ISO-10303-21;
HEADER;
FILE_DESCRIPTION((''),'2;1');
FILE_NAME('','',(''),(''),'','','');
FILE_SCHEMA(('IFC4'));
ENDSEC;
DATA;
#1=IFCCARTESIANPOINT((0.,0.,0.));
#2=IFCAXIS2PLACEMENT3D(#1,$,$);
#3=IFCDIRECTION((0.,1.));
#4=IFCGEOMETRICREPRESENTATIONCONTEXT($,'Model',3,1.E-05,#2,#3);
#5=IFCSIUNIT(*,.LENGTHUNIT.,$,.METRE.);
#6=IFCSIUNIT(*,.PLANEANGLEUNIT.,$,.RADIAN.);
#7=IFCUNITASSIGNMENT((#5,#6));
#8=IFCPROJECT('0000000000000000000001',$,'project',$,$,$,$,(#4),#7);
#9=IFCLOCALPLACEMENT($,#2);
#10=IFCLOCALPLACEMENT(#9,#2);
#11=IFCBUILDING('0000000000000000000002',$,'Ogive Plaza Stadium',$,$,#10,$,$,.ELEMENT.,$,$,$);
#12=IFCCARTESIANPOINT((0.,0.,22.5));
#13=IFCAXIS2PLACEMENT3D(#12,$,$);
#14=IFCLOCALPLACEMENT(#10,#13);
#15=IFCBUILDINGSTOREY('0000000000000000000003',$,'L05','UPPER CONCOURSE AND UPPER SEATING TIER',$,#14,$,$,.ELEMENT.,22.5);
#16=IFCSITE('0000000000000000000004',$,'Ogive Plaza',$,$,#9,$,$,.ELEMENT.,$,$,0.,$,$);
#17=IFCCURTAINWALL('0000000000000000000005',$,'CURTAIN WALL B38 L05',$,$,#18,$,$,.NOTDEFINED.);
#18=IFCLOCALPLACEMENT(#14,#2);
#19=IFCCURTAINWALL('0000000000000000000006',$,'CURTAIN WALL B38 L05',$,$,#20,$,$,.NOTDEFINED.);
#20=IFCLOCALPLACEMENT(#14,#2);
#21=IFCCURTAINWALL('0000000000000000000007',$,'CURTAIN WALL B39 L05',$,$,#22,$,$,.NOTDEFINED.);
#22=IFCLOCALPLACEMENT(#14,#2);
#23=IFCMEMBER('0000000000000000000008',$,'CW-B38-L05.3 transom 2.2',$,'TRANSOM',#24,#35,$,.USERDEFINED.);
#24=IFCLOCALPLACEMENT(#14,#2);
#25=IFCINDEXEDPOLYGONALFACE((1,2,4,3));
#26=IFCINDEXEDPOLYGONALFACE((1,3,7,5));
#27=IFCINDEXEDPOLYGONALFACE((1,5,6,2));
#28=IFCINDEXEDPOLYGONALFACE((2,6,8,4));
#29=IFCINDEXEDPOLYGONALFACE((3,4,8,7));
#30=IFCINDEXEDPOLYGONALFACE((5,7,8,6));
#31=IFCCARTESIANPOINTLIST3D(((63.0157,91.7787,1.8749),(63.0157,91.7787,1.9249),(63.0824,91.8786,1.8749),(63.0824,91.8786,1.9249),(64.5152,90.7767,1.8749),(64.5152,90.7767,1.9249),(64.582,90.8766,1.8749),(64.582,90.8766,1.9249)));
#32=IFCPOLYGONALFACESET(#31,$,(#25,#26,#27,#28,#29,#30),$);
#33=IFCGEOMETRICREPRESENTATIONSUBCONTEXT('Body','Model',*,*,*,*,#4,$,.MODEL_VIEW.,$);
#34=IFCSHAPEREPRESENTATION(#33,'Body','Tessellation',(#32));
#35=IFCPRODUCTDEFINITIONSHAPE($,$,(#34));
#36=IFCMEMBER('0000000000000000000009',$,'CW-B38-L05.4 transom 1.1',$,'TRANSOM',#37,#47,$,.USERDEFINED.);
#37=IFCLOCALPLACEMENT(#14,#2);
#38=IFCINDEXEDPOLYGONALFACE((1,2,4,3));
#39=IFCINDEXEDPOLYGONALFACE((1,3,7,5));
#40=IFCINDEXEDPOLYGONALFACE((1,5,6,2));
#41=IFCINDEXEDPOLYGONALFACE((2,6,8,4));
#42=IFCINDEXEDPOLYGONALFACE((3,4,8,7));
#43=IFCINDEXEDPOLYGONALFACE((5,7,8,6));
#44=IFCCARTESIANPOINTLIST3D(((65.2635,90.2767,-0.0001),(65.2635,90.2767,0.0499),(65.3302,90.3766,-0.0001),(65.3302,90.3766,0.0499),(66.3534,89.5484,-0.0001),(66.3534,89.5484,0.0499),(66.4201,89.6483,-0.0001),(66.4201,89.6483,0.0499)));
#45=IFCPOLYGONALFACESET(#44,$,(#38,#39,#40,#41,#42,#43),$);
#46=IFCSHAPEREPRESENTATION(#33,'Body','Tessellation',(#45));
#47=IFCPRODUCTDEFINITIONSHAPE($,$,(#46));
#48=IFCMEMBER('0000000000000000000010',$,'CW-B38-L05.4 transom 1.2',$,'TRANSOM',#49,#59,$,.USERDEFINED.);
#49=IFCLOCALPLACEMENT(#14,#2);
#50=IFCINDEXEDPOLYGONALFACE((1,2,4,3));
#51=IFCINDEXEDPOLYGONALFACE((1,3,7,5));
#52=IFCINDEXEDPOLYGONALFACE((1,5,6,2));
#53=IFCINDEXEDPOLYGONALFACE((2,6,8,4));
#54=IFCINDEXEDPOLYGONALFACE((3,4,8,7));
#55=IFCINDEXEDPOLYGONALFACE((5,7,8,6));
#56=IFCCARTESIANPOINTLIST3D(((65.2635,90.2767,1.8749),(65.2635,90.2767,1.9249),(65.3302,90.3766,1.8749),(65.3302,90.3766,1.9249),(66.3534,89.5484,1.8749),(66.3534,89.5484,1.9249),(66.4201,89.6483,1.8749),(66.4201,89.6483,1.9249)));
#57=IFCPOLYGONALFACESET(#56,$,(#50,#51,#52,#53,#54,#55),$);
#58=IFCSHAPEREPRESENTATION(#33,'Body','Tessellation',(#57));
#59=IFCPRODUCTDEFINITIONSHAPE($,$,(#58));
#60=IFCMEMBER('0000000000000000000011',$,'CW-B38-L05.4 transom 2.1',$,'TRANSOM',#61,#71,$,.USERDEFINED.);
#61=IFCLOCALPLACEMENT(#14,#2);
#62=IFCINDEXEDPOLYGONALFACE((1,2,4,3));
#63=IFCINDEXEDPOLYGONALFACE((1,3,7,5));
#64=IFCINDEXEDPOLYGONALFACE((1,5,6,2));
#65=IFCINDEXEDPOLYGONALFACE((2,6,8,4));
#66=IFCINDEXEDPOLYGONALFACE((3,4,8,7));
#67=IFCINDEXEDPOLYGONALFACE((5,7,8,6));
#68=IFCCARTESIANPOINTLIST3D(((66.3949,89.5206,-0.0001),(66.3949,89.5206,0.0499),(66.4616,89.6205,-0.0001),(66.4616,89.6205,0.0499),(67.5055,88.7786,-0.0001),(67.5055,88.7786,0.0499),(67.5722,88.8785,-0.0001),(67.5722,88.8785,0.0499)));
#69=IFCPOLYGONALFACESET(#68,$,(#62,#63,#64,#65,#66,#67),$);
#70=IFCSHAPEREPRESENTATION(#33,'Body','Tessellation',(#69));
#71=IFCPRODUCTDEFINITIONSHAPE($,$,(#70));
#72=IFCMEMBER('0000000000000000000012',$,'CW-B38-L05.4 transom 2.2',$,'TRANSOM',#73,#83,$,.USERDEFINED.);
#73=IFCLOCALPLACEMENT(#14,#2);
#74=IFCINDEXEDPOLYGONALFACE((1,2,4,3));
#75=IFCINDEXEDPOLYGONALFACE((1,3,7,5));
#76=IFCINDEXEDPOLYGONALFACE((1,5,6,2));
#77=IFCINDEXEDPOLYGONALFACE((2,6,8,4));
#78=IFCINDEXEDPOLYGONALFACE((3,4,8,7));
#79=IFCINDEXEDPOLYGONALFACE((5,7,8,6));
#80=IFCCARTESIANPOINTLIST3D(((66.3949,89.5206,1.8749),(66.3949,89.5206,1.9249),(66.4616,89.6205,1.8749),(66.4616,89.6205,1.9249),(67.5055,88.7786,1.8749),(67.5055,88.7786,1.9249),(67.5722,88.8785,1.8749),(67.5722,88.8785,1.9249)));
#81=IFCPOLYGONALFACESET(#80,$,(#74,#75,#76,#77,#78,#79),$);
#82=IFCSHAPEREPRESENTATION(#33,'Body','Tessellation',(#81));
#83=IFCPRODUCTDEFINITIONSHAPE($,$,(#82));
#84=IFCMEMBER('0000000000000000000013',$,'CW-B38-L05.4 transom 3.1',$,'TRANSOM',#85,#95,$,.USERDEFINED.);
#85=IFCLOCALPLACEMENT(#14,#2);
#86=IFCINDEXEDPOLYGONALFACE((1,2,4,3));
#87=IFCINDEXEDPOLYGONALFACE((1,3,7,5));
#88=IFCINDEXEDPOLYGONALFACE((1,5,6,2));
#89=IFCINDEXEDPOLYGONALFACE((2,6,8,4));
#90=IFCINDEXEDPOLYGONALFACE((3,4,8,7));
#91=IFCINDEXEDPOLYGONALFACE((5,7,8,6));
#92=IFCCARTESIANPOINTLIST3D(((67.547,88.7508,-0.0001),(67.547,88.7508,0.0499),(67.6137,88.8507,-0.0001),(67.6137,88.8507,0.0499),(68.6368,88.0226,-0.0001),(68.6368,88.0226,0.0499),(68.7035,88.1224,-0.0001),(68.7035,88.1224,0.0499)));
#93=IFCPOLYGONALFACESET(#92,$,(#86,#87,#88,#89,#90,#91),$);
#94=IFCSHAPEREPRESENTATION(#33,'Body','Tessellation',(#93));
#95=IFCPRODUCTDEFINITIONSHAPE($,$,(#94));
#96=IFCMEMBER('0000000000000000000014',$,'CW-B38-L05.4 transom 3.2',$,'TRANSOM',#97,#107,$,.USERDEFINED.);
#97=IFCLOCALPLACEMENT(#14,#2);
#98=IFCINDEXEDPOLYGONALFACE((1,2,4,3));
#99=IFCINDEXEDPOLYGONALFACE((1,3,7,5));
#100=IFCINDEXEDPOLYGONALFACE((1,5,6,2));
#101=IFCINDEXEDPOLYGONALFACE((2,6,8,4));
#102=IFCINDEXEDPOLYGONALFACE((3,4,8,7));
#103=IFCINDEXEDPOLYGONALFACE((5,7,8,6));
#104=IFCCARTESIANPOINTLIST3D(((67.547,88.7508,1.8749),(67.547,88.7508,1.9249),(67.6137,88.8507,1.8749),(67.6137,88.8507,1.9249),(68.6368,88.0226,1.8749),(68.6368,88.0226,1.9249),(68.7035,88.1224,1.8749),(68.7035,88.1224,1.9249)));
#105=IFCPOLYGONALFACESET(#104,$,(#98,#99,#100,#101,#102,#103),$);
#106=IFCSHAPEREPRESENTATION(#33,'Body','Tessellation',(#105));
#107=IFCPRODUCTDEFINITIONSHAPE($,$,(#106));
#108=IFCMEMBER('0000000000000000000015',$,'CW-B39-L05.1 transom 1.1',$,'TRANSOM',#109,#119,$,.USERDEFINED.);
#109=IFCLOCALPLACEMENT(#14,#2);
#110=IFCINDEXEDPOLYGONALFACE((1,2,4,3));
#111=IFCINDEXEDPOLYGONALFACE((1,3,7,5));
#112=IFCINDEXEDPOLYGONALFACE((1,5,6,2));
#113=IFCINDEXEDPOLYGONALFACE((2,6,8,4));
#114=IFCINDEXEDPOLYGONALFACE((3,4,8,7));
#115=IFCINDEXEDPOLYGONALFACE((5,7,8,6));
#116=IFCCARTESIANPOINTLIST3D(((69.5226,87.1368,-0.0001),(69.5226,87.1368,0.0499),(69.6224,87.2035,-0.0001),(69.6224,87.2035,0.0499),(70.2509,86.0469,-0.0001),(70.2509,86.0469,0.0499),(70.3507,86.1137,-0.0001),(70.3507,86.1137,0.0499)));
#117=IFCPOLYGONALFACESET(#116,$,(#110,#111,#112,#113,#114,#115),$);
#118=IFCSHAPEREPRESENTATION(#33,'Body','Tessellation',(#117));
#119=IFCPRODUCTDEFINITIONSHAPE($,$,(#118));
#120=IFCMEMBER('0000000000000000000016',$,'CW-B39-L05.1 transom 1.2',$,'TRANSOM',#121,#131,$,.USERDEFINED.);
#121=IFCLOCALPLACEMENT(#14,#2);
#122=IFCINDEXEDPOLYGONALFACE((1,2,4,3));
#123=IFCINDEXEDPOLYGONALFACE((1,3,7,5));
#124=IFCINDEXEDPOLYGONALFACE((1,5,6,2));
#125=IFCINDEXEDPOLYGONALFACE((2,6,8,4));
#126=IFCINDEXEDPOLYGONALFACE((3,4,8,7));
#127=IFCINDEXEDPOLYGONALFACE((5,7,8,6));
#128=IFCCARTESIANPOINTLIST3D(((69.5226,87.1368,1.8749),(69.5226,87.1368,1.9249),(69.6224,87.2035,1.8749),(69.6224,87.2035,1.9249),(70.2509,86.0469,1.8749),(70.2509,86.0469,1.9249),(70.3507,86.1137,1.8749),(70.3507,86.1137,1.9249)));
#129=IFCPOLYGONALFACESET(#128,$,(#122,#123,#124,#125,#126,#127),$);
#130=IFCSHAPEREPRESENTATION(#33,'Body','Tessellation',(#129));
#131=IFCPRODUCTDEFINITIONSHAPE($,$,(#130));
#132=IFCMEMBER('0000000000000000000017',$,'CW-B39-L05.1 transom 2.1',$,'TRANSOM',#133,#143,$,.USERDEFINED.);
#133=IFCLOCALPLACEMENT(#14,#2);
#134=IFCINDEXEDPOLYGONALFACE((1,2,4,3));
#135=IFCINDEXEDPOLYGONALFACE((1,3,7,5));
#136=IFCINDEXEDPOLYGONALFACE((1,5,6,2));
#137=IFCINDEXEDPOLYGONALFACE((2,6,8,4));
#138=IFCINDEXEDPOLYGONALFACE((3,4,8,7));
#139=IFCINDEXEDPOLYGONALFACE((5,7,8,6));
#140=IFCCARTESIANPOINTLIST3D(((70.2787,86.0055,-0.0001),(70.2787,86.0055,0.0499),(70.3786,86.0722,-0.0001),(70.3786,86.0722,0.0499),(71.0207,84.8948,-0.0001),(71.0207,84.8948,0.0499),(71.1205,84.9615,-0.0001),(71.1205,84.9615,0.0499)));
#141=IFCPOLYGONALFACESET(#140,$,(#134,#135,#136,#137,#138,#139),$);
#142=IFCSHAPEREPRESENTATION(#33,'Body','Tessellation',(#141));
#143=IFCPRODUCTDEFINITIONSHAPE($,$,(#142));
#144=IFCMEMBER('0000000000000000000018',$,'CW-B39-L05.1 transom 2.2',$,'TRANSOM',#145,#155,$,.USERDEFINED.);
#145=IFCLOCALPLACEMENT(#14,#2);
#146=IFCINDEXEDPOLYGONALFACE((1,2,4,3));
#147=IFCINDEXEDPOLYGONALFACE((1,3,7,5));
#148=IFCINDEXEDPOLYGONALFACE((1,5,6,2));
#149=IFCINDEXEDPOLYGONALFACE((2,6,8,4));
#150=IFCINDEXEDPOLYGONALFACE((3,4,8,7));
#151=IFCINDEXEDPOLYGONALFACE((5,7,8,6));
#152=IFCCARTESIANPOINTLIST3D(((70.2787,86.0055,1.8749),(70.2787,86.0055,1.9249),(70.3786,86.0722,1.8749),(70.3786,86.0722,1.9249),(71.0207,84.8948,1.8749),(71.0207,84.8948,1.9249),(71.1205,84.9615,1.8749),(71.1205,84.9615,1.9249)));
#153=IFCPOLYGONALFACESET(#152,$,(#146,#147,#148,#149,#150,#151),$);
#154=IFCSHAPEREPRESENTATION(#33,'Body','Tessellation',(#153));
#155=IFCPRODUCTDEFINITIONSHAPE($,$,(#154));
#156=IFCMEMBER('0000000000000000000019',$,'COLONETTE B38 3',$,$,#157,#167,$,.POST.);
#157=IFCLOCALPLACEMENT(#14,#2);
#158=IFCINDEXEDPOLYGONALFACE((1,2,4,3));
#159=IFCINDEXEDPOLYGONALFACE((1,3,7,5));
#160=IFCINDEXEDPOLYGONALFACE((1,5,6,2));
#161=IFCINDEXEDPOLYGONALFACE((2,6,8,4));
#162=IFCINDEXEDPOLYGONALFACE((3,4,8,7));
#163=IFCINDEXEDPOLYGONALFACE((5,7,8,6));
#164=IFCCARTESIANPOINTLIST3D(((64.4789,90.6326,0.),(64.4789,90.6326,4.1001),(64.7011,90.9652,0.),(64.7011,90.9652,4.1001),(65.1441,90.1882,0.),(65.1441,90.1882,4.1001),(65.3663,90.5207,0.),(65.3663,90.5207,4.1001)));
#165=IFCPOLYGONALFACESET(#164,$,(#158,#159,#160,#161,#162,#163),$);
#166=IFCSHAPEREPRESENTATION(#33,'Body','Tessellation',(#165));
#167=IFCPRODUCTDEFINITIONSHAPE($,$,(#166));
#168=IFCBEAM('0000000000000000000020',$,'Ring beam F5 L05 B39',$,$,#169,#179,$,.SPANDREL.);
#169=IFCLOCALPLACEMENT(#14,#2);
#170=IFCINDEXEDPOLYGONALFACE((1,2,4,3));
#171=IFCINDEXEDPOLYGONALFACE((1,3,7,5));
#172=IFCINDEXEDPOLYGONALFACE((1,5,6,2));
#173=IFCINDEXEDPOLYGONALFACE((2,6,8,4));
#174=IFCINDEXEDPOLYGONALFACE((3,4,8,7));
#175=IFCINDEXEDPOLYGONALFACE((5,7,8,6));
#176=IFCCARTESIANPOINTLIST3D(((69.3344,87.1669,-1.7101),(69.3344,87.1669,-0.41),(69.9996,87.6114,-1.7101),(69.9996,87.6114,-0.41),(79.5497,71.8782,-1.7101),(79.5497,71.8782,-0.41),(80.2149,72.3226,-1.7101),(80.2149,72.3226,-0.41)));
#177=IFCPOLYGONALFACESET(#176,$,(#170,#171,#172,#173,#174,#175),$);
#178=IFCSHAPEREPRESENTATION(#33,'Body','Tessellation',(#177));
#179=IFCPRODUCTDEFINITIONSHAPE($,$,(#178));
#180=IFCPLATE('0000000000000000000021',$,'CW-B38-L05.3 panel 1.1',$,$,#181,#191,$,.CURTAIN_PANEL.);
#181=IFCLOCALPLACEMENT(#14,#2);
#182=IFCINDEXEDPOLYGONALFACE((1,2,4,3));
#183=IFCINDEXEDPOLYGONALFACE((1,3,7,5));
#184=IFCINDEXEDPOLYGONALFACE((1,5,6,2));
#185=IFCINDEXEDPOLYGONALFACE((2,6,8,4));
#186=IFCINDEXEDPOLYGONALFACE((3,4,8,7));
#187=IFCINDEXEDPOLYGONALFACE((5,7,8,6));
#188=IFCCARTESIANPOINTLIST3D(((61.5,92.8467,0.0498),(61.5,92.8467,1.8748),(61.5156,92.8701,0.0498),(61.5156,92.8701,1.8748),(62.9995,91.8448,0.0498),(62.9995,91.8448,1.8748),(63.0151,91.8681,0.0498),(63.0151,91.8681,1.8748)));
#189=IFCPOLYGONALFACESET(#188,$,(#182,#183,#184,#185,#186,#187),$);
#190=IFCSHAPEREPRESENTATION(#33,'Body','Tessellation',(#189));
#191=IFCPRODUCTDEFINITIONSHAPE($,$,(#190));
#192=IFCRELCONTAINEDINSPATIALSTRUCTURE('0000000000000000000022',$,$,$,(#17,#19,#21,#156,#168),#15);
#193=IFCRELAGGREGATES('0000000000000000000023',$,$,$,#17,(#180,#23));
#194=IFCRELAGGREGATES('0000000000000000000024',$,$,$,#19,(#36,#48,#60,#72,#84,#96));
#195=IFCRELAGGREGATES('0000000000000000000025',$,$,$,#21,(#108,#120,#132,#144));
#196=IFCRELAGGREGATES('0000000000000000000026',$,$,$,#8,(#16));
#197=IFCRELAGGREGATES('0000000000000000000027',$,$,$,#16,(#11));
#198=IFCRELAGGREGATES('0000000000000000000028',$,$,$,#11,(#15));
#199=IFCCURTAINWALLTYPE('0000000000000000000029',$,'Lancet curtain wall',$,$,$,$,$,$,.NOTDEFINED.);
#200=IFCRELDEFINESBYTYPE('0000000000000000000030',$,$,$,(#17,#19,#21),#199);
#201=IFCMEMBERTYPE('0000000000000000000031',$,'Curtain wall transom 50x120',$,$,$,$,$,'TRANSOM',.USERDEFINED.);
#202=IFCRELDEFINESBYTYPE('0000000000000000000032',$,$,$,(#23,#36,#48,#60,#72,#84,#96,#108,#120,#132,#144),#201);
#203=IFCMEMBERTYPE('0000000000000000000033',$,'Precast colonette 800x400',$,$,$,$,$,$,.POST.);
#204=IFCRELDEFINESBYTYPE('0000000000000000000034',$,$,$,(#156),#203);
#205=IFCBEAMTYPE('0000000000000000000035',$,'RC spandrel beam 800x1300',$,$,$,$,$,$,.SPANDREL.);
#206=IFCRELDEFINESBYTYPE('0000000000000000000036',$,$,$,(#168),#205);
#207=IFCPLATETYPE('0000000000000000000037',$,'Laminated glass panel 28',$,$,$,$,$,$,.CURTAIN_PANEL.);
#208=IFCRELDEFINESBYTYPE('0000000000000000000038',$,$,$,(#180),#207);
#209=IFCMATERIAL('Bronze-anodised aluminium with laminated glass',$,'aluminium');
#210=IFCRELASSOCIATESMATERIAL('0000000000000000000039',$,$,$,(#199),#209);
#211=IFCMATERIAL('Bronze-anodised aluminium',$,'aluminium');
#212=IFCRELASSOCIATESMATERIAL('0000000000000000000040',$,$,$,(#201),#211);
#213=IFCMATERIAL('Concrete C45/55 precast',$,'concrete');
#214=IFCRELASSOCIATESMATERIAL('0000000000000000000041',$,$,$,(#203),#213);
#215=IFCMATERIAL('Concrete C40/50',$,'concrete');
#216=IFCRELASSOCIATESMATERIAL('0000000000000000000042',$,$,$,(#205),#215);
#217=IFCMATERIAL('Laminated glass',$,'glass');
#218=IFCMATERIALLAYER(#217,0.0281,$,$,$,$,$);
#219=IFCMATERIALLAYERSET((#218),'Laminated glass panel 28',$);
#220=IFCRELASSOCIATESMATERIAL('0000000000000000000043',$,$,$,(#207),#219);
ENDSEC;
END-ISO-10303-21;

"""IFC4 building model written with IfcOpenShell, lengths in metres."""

from ifc_helpers import new_model, si_unit, direction, frame, origin, origin_2d, place, context, subcontext, project, spatial, rectangle, extrude, material, layer, layer_set, material_profile, profile_set, type_object, element, aggregate, save


model = new_model("IFC4")

# Units and contexts
model_context = context("Model", 3, precision=1e-05, world=origin(), true_north=direction((0.0, 1.0)))
body_context = subcontext(model_context, "Body", "Model", "MODEL_VIEW")
ifc_project = project(units=[si_unit("LENGTHUNIT", "METRE"), si_unit("PLANEANGLEUNIT", "RADIAN")], contexts=[model_context])

# Site, building, storey
site_placement = place(None, origin())
site = spatial("IfcSite", under=ifc_project, at=site_placement, Name="Ogive Plaza", CompositionType="ELEMENT", RefElevation=0.0)
building_placement = place(site_placement, origin())
building = spatial("IfcBuilding", under=site, at=building_placement, Name="Ogive Plaza Stadium", CompositionType="ELEMENT")
storey_placement = place(building_placement, frame((0.0, 0.0, 22.5)))
storey = spatial("IfcBuildingStorey", under=building, at=storey_placement, Name="L05", Description="UPPER CONCOURSE AND UPPER SEATING TIER", CompositionType="ELEMENT", Elevation=22.5)

# Curtain walls
ifc_material_1 = material(Name="Bronze-anodised aluminium with laminated glass", Category="aluminium")
curtain_wall_type = type_object("IfcCurtainWallType", Name="Lancet curtain wall", PredefinedType="NOTDEFINED", material=ifc_material_1)
curtain_wall_1_placement = place(storey_placement, origin())
curtain_wall_1 = element("IfcCurtainWall", 1, at=curtain_wall_1_placement, inside=storey, type_object=curtain_wall_type, Name="CURTAIN WALL B38 L05", PredefinedType="NOTDEFINED")
curtain_wall_2_placement = place(storey_placement, origin())
curtain_wall_2 = element("IfcCurtainWall", 2, at=curtain_wall_2_placement, inside=storey, type_object=curtain_wall_type, Name="CURTAIN WALL B38 L05", PredefinedType="NOTDEFINED")
curtain_wall_3_placement = place(storey_placement, origin())
curtain_wall_3 = element("IfcCurtainWall", 3, at=curtain_wall_3_placement, inside=storey, type_object=curtain_wall_type, Name="CURTAIN WALL B39 L05", PredefinedType="NOTDEFINED")

# Members
ifc_material_2 = material(Name="Bronze-anodised aluminium", Category="aluminium")
ifc_material_profile_1 = material_profile(ifc_material_2, rectangle(XDim=0.1201, YDim=0.05, at=origin_2d()), Name="AL 120x50")
ifc_profile_set_1 = profile_set([ifc_material_profile_1], Name="Bronze-anodised aluminium")
member_type_1 = type_object("IfcMemberType", Name="Curtain wall transom 50x120", ElementType="TRANSOM", PredefinedType="USERDEFINED", material=ifc_profile_set_1)
member_1_placement = place(storey_placement, frame((63.0491, 91.8286, 1.8999), z_axis=(0.831467, -0.555575, 0.0), x_axis=(0.555575, 0.831467, 0.0)))
member_1 = element("IfcMember", 4, at=member_1_placement, type_object=member_type_1, Name="CW-B38-L05.3 transom 2.2", ObjectType="TRANSOM", PredefinedType="USERDEFINED", context=body_context, shape_type="SweptSolid", body=[
    extrude(rectangle(XDim=0.1201, YDim=0.05, at=origin_2d()), origin(), (0.0, 0.0, 1.0), 1.8035),
])
member_2_placement = place(storey_placement, frame((65.2969, 90.3267, 0.0249), z_axis=(0.831448, -0.555602, 0.0), x_axis=(0.555602, 0.831448, 0.0)))
member_2 = element("IfcMember", 5, at=member_2_placement, type_object=member_type_1, Name="CW-B38-L05.4 transom 1.1", ObjectType="TRANSOM", PredefinedType="USERDEFINED", context=body_context, shape_type="SweptSolid", body=[
    extrude(rectangle(XDim=0.1201, YDim=0.05, at=origin_2d()), origin(), (0.0, 0.0, 1.0), 1.3108),
])
member_3_placement = place(storey_placement, frame((65.2969, 90.3267, 1.8999), z_axis=(0.831448, -0.555602, 0.0), x_axis=(0.555602, 0.831448, 0.0)))
member_3 = element("IfcMember", 6, at=member_3_placement, type_object=member_type_1, Name="CW-B38-L05.4 transom 1.2", ObjectType="TRANSOM", PredefinedType="USERDEFINED", context=body_context, shape_type="SweptSolid", body=[
    extrude(rectangle(XDim=0.1201, YDim=0.05, at=origin_2d()), origin(), (0.0, 0.0, 1.0), 1.3108),
])
member_4_placement = place(storey_placement, frame((66.4282, 89.5706, 0.0249), z_axis=(0.831516, -0.555501, 0.0), x_axis=(0.555501, 0.831516, 0.0)))
member_4 = element("IfcMember", 7, at=member_4_placement, type_object=member_type_1, Name="CW-B38-L05.4 transom 2.1", ObjectType="TRANSOM", PredefinedType="USERDEFINED", context=body_context, shape_type="SweptSolid", body=[
    extrude(rectangle(XDim=0.1201, YDim=0.05, at=origin_2d()), origin(), (0.0, 0.0, 1.0), 1.3357),
])
member_5_placement = place(storey_placement, frame((66.4282, 89.5706, 1.8999), z_axis=(0.831516, -0.555501, 0.0), x_axis=(0.555501, 0.831516, 0.0)))
member_5 = element("IfcMember", 8, at=member_5_placement, type_object=member_type_1, Name="CW-B38-L05.4 transom 2.2", ObjectType="TRANSOM", PredefinedType="USERDEFINED", context=body_context, shape_type="SweptSolid", body=[
    extrude(rectangle(XDim=0.1201, YDim=0.05, at=origin_2d()), origin(), (0.0, 0.0, 1.0), 1.3357),
])
member_6_placement = place(storey_placement, frame((67.5803, 88.8008, 0.0249), z_axis=(0.831448, -0.555602, 0.0), x_axis=(0.555602, 0.831448, 0.0)))
member_6 = element("IfcMember", 9, at=member_6_placement, type_object=member_type_1, Name="CW-B38-L05.4 transom 3.1", ObjectType="TRANSOM", PredefinedType="USERDEFINED", context=body_context, shape_type="SweptSolid", body=[
    extrude(rectangle(XDim=0.1201, YDim=0.05, at=origin_2d()), origin(), (0.0, 0.0, 1.0), 1.3108),
])
member_7_placement = place(storey_placement, frame((67.5803, 88.8008, 1.8999), z_axis=(0.831448, -0.555602, 0.0), x_axis=(0.555602, 0.831448, 0.0)))
member_7 = element("IfcMember", 10, at=member_7_placement, type_object=member_type_1, Name="CW-B38-L05.4 transom 3.2", ObjectType="TRANSOM", PredefinedType="USERDEFINED", context=body_context, shape_type="SweptSolid", body=[
    extrude(rectangle(XDim=0.1201, YDim=0.05, at=origin_2d()), origin(), (0.0, 0.0, 1.0), 1.3108),
])
member_8_placement = place(storey_placement, frame((69.5725, 87.1702, 0.0249), z_axis=(0.555602, -0.831448, 0.0), x_axis=(0.831448, 0.555602, 0.0)))
member_8 = element("IfcMember", 11, at=member_8_placement, type_object=member_type_1, Name="CW-B39-L05.1 transom 1.1", ObjectType="TRANSOM", PredefinedType="USERDEFINED", context=body_context, shape_type="SweptSolid", body=[
    extrude(rectangle(XDim=0.1201, YDim=0.05, at=origin_2d()), origin(), (0.0, 0.0, 1.0), 1.3108),
])
member_9_placement = place(storey_placement, frame((69.5725, 87.1702, 1.8999), z_axis=(0.555602, -0.831448, 0.0), x_axis=(0.831448, 0.555602, 0.0)))
member_9 = element("IfcMember", 12, at=member_9_placement, type_object=member_type_1, Name="CW-B39-L05.1 transom 1.2", ObjectType="TRANSOM", PredefinedType="USERDEFINED", context=body_context, shape_type="SweptSolid", body=[
    extrude(rectangle(XDim=0.1201, YDim=0.05, at=origin_2d()), origin(), (0.0, 0.0, 1.0), 1.3108),
])
member_10_placement = place(storey_placement, frame((70.3286, 86.0388, 0.0249), z_axis=(0.555501, -0.831516, 0.0), x_axis=(0.831516, 0.555501, 0.0)))
member_10 = element("IfcMember", 13, at=member_10_placement, type_object=member_type_1, Name="CW-B39-L05.1 transom 2.1", ObjectType="TRANSOM", PredefinedType="USERDEFINED", context=body_context, shape_type="SweptSolid", body=[
    extrude(rectangle(XDim=0.1201, YDim=0.05, at=origin_2d()), origin(), (0.0, 0.0, 1.0), 1.3357),
])
member_11_placement = place(storey_placement, frame((70.3286, 86.0388, 1.8999), z_axis=(0.555501, -0.831516, 0.0), x_axis=(0.831516, 0.555501, 0.0)))
member_11 = element("IfcMember", 14, at=member_11_placement, type_object=member_type_1, Name="CW-B39-L05.1 transom 2.2", ObjectType="TRANSOM", PredefinedType="USERDEFINED", context=body_context, shape_type="SweptSolid", body=[
    extrude(rectangle(XDim=0.1201, YDim=0.05, at=origin_2d()), origin(), (0.0, 0.0, 1.0), 1.3357),
])
ifc_material_3 = material(Name="Concrete C45/55 precast", Category="concrete")
ifc_material_profile_2 = material_profile(ifc_material_3, rectangle(XDim=0.3999, YDim=0.8, at=origin_2d()), Name="RC 400x800")
ifc_profile_set_2 = profile_set([ifc_material_profile_2], Name="Concrete C45/55 precast")
member_type_2 = type_object("IfcMemberType", Name="Precast colonette 800x400", PredefinedType="POST", material=ifc_profile_set_2)
member_12_placement = place(storey_placement, frame((64.9226, 90.5767, 0.0), z_axis=(0.0, 0.0, 1.0), x_axis=(0.55557, 0.83147, 0.0)))
element("IfcMember", 15, at=member_12_placement, inside=storey, type_object=member_type_2, Name="COLONETTE B38 3", PredefinedType="POST", context=body_context, shape_type="SweptSolid", body=[
    extrude(rectangle(XDim=0.3999, YDim=0.8, at=origin_2d()), origin(), (0.0, 0.0, 1.0), 4.1001),
])

# Beam
ifc_material_4 = material(Name="Concrete C40/50", Category="concrete")
ifc_material_profile_3 = material_profile(ifc_material_4, rectangle(XDim=0.8, YDim=1.3, at=origin_2d()), Name="RC 800x1300")
ifc_profile_set_3 = profile_set([ifc_material_profile_3], Name="Concrete C40/50")
beam_type = type_object("IfcBeamType", Name="RC spandrel beam 800x1300", PredefinedType="SPANDREL", material=ifc_profile_set_3)
beam_placement = place(storey_placement, frame((69.667, 87.3892, -1.0601), z_axis=(0.555558, -0.831478, 0.0), x_axis=(0.831478, 0.555558, 0.0)))
element("IfcBeam", 16, at=beam_placement, inside=storey, type_object=beam_type, Name="Ring beam F5 L05 B39", PredefinedType="SPANDREL", context=body_context, shape_type="SweptSolid", body=[
    extrude(rectangle(XDim=0.8, YDim=1.3, at=origin_2d()), origin(), (0.0, 0.0, 1.0), 18.3875),
])

# Plate
ifc_material_5 = material(Name="Laminated glass", Category="glass")
ifc_layer_1 = layer(ifc_material_5, 0.0281)
ifc_layer_set_1 = layer_set([ifc_layer_1], Name="Laminated glass panel 28")
plate_type = type_object("IfcPlateType", Name="Laminated glass panel 28", PredefinedType="CURTAIN_PANEL", material=ifc_layer_set_1)
plate_1_placement = place(storey_placement, frame((62.2576, 92.3574, 0.0498), z_axis=(0.0, 0.0, 1.0), x_axis=(0.83147, -0.55557, 0.0)))
plate_1 = element("IfcPlate", 17, at=plate_1_placement, type_object=plate_type, Name="CW-B38-L05.3 panel 1.1", PredefinedType="CURTAIN_PANEL", context=body_context, shape_type="SweptSolid", body=[
    extrude(rectangle(XDim=1.8035, YDim=0.0281, at=origin_2d()), origin(), (0.0, 0.0, 1.0), 1.825),
])
aggregate(curtain_wall_1, [plate_1, member_1])
aggregate(curtain_wall_2, [member_2, member_3, member_4, member_5, member_6, member_7])
aggregate(curtain_wall_3, [member_8, member_9, member_10, member_11])

save(model, "model.ifc")
